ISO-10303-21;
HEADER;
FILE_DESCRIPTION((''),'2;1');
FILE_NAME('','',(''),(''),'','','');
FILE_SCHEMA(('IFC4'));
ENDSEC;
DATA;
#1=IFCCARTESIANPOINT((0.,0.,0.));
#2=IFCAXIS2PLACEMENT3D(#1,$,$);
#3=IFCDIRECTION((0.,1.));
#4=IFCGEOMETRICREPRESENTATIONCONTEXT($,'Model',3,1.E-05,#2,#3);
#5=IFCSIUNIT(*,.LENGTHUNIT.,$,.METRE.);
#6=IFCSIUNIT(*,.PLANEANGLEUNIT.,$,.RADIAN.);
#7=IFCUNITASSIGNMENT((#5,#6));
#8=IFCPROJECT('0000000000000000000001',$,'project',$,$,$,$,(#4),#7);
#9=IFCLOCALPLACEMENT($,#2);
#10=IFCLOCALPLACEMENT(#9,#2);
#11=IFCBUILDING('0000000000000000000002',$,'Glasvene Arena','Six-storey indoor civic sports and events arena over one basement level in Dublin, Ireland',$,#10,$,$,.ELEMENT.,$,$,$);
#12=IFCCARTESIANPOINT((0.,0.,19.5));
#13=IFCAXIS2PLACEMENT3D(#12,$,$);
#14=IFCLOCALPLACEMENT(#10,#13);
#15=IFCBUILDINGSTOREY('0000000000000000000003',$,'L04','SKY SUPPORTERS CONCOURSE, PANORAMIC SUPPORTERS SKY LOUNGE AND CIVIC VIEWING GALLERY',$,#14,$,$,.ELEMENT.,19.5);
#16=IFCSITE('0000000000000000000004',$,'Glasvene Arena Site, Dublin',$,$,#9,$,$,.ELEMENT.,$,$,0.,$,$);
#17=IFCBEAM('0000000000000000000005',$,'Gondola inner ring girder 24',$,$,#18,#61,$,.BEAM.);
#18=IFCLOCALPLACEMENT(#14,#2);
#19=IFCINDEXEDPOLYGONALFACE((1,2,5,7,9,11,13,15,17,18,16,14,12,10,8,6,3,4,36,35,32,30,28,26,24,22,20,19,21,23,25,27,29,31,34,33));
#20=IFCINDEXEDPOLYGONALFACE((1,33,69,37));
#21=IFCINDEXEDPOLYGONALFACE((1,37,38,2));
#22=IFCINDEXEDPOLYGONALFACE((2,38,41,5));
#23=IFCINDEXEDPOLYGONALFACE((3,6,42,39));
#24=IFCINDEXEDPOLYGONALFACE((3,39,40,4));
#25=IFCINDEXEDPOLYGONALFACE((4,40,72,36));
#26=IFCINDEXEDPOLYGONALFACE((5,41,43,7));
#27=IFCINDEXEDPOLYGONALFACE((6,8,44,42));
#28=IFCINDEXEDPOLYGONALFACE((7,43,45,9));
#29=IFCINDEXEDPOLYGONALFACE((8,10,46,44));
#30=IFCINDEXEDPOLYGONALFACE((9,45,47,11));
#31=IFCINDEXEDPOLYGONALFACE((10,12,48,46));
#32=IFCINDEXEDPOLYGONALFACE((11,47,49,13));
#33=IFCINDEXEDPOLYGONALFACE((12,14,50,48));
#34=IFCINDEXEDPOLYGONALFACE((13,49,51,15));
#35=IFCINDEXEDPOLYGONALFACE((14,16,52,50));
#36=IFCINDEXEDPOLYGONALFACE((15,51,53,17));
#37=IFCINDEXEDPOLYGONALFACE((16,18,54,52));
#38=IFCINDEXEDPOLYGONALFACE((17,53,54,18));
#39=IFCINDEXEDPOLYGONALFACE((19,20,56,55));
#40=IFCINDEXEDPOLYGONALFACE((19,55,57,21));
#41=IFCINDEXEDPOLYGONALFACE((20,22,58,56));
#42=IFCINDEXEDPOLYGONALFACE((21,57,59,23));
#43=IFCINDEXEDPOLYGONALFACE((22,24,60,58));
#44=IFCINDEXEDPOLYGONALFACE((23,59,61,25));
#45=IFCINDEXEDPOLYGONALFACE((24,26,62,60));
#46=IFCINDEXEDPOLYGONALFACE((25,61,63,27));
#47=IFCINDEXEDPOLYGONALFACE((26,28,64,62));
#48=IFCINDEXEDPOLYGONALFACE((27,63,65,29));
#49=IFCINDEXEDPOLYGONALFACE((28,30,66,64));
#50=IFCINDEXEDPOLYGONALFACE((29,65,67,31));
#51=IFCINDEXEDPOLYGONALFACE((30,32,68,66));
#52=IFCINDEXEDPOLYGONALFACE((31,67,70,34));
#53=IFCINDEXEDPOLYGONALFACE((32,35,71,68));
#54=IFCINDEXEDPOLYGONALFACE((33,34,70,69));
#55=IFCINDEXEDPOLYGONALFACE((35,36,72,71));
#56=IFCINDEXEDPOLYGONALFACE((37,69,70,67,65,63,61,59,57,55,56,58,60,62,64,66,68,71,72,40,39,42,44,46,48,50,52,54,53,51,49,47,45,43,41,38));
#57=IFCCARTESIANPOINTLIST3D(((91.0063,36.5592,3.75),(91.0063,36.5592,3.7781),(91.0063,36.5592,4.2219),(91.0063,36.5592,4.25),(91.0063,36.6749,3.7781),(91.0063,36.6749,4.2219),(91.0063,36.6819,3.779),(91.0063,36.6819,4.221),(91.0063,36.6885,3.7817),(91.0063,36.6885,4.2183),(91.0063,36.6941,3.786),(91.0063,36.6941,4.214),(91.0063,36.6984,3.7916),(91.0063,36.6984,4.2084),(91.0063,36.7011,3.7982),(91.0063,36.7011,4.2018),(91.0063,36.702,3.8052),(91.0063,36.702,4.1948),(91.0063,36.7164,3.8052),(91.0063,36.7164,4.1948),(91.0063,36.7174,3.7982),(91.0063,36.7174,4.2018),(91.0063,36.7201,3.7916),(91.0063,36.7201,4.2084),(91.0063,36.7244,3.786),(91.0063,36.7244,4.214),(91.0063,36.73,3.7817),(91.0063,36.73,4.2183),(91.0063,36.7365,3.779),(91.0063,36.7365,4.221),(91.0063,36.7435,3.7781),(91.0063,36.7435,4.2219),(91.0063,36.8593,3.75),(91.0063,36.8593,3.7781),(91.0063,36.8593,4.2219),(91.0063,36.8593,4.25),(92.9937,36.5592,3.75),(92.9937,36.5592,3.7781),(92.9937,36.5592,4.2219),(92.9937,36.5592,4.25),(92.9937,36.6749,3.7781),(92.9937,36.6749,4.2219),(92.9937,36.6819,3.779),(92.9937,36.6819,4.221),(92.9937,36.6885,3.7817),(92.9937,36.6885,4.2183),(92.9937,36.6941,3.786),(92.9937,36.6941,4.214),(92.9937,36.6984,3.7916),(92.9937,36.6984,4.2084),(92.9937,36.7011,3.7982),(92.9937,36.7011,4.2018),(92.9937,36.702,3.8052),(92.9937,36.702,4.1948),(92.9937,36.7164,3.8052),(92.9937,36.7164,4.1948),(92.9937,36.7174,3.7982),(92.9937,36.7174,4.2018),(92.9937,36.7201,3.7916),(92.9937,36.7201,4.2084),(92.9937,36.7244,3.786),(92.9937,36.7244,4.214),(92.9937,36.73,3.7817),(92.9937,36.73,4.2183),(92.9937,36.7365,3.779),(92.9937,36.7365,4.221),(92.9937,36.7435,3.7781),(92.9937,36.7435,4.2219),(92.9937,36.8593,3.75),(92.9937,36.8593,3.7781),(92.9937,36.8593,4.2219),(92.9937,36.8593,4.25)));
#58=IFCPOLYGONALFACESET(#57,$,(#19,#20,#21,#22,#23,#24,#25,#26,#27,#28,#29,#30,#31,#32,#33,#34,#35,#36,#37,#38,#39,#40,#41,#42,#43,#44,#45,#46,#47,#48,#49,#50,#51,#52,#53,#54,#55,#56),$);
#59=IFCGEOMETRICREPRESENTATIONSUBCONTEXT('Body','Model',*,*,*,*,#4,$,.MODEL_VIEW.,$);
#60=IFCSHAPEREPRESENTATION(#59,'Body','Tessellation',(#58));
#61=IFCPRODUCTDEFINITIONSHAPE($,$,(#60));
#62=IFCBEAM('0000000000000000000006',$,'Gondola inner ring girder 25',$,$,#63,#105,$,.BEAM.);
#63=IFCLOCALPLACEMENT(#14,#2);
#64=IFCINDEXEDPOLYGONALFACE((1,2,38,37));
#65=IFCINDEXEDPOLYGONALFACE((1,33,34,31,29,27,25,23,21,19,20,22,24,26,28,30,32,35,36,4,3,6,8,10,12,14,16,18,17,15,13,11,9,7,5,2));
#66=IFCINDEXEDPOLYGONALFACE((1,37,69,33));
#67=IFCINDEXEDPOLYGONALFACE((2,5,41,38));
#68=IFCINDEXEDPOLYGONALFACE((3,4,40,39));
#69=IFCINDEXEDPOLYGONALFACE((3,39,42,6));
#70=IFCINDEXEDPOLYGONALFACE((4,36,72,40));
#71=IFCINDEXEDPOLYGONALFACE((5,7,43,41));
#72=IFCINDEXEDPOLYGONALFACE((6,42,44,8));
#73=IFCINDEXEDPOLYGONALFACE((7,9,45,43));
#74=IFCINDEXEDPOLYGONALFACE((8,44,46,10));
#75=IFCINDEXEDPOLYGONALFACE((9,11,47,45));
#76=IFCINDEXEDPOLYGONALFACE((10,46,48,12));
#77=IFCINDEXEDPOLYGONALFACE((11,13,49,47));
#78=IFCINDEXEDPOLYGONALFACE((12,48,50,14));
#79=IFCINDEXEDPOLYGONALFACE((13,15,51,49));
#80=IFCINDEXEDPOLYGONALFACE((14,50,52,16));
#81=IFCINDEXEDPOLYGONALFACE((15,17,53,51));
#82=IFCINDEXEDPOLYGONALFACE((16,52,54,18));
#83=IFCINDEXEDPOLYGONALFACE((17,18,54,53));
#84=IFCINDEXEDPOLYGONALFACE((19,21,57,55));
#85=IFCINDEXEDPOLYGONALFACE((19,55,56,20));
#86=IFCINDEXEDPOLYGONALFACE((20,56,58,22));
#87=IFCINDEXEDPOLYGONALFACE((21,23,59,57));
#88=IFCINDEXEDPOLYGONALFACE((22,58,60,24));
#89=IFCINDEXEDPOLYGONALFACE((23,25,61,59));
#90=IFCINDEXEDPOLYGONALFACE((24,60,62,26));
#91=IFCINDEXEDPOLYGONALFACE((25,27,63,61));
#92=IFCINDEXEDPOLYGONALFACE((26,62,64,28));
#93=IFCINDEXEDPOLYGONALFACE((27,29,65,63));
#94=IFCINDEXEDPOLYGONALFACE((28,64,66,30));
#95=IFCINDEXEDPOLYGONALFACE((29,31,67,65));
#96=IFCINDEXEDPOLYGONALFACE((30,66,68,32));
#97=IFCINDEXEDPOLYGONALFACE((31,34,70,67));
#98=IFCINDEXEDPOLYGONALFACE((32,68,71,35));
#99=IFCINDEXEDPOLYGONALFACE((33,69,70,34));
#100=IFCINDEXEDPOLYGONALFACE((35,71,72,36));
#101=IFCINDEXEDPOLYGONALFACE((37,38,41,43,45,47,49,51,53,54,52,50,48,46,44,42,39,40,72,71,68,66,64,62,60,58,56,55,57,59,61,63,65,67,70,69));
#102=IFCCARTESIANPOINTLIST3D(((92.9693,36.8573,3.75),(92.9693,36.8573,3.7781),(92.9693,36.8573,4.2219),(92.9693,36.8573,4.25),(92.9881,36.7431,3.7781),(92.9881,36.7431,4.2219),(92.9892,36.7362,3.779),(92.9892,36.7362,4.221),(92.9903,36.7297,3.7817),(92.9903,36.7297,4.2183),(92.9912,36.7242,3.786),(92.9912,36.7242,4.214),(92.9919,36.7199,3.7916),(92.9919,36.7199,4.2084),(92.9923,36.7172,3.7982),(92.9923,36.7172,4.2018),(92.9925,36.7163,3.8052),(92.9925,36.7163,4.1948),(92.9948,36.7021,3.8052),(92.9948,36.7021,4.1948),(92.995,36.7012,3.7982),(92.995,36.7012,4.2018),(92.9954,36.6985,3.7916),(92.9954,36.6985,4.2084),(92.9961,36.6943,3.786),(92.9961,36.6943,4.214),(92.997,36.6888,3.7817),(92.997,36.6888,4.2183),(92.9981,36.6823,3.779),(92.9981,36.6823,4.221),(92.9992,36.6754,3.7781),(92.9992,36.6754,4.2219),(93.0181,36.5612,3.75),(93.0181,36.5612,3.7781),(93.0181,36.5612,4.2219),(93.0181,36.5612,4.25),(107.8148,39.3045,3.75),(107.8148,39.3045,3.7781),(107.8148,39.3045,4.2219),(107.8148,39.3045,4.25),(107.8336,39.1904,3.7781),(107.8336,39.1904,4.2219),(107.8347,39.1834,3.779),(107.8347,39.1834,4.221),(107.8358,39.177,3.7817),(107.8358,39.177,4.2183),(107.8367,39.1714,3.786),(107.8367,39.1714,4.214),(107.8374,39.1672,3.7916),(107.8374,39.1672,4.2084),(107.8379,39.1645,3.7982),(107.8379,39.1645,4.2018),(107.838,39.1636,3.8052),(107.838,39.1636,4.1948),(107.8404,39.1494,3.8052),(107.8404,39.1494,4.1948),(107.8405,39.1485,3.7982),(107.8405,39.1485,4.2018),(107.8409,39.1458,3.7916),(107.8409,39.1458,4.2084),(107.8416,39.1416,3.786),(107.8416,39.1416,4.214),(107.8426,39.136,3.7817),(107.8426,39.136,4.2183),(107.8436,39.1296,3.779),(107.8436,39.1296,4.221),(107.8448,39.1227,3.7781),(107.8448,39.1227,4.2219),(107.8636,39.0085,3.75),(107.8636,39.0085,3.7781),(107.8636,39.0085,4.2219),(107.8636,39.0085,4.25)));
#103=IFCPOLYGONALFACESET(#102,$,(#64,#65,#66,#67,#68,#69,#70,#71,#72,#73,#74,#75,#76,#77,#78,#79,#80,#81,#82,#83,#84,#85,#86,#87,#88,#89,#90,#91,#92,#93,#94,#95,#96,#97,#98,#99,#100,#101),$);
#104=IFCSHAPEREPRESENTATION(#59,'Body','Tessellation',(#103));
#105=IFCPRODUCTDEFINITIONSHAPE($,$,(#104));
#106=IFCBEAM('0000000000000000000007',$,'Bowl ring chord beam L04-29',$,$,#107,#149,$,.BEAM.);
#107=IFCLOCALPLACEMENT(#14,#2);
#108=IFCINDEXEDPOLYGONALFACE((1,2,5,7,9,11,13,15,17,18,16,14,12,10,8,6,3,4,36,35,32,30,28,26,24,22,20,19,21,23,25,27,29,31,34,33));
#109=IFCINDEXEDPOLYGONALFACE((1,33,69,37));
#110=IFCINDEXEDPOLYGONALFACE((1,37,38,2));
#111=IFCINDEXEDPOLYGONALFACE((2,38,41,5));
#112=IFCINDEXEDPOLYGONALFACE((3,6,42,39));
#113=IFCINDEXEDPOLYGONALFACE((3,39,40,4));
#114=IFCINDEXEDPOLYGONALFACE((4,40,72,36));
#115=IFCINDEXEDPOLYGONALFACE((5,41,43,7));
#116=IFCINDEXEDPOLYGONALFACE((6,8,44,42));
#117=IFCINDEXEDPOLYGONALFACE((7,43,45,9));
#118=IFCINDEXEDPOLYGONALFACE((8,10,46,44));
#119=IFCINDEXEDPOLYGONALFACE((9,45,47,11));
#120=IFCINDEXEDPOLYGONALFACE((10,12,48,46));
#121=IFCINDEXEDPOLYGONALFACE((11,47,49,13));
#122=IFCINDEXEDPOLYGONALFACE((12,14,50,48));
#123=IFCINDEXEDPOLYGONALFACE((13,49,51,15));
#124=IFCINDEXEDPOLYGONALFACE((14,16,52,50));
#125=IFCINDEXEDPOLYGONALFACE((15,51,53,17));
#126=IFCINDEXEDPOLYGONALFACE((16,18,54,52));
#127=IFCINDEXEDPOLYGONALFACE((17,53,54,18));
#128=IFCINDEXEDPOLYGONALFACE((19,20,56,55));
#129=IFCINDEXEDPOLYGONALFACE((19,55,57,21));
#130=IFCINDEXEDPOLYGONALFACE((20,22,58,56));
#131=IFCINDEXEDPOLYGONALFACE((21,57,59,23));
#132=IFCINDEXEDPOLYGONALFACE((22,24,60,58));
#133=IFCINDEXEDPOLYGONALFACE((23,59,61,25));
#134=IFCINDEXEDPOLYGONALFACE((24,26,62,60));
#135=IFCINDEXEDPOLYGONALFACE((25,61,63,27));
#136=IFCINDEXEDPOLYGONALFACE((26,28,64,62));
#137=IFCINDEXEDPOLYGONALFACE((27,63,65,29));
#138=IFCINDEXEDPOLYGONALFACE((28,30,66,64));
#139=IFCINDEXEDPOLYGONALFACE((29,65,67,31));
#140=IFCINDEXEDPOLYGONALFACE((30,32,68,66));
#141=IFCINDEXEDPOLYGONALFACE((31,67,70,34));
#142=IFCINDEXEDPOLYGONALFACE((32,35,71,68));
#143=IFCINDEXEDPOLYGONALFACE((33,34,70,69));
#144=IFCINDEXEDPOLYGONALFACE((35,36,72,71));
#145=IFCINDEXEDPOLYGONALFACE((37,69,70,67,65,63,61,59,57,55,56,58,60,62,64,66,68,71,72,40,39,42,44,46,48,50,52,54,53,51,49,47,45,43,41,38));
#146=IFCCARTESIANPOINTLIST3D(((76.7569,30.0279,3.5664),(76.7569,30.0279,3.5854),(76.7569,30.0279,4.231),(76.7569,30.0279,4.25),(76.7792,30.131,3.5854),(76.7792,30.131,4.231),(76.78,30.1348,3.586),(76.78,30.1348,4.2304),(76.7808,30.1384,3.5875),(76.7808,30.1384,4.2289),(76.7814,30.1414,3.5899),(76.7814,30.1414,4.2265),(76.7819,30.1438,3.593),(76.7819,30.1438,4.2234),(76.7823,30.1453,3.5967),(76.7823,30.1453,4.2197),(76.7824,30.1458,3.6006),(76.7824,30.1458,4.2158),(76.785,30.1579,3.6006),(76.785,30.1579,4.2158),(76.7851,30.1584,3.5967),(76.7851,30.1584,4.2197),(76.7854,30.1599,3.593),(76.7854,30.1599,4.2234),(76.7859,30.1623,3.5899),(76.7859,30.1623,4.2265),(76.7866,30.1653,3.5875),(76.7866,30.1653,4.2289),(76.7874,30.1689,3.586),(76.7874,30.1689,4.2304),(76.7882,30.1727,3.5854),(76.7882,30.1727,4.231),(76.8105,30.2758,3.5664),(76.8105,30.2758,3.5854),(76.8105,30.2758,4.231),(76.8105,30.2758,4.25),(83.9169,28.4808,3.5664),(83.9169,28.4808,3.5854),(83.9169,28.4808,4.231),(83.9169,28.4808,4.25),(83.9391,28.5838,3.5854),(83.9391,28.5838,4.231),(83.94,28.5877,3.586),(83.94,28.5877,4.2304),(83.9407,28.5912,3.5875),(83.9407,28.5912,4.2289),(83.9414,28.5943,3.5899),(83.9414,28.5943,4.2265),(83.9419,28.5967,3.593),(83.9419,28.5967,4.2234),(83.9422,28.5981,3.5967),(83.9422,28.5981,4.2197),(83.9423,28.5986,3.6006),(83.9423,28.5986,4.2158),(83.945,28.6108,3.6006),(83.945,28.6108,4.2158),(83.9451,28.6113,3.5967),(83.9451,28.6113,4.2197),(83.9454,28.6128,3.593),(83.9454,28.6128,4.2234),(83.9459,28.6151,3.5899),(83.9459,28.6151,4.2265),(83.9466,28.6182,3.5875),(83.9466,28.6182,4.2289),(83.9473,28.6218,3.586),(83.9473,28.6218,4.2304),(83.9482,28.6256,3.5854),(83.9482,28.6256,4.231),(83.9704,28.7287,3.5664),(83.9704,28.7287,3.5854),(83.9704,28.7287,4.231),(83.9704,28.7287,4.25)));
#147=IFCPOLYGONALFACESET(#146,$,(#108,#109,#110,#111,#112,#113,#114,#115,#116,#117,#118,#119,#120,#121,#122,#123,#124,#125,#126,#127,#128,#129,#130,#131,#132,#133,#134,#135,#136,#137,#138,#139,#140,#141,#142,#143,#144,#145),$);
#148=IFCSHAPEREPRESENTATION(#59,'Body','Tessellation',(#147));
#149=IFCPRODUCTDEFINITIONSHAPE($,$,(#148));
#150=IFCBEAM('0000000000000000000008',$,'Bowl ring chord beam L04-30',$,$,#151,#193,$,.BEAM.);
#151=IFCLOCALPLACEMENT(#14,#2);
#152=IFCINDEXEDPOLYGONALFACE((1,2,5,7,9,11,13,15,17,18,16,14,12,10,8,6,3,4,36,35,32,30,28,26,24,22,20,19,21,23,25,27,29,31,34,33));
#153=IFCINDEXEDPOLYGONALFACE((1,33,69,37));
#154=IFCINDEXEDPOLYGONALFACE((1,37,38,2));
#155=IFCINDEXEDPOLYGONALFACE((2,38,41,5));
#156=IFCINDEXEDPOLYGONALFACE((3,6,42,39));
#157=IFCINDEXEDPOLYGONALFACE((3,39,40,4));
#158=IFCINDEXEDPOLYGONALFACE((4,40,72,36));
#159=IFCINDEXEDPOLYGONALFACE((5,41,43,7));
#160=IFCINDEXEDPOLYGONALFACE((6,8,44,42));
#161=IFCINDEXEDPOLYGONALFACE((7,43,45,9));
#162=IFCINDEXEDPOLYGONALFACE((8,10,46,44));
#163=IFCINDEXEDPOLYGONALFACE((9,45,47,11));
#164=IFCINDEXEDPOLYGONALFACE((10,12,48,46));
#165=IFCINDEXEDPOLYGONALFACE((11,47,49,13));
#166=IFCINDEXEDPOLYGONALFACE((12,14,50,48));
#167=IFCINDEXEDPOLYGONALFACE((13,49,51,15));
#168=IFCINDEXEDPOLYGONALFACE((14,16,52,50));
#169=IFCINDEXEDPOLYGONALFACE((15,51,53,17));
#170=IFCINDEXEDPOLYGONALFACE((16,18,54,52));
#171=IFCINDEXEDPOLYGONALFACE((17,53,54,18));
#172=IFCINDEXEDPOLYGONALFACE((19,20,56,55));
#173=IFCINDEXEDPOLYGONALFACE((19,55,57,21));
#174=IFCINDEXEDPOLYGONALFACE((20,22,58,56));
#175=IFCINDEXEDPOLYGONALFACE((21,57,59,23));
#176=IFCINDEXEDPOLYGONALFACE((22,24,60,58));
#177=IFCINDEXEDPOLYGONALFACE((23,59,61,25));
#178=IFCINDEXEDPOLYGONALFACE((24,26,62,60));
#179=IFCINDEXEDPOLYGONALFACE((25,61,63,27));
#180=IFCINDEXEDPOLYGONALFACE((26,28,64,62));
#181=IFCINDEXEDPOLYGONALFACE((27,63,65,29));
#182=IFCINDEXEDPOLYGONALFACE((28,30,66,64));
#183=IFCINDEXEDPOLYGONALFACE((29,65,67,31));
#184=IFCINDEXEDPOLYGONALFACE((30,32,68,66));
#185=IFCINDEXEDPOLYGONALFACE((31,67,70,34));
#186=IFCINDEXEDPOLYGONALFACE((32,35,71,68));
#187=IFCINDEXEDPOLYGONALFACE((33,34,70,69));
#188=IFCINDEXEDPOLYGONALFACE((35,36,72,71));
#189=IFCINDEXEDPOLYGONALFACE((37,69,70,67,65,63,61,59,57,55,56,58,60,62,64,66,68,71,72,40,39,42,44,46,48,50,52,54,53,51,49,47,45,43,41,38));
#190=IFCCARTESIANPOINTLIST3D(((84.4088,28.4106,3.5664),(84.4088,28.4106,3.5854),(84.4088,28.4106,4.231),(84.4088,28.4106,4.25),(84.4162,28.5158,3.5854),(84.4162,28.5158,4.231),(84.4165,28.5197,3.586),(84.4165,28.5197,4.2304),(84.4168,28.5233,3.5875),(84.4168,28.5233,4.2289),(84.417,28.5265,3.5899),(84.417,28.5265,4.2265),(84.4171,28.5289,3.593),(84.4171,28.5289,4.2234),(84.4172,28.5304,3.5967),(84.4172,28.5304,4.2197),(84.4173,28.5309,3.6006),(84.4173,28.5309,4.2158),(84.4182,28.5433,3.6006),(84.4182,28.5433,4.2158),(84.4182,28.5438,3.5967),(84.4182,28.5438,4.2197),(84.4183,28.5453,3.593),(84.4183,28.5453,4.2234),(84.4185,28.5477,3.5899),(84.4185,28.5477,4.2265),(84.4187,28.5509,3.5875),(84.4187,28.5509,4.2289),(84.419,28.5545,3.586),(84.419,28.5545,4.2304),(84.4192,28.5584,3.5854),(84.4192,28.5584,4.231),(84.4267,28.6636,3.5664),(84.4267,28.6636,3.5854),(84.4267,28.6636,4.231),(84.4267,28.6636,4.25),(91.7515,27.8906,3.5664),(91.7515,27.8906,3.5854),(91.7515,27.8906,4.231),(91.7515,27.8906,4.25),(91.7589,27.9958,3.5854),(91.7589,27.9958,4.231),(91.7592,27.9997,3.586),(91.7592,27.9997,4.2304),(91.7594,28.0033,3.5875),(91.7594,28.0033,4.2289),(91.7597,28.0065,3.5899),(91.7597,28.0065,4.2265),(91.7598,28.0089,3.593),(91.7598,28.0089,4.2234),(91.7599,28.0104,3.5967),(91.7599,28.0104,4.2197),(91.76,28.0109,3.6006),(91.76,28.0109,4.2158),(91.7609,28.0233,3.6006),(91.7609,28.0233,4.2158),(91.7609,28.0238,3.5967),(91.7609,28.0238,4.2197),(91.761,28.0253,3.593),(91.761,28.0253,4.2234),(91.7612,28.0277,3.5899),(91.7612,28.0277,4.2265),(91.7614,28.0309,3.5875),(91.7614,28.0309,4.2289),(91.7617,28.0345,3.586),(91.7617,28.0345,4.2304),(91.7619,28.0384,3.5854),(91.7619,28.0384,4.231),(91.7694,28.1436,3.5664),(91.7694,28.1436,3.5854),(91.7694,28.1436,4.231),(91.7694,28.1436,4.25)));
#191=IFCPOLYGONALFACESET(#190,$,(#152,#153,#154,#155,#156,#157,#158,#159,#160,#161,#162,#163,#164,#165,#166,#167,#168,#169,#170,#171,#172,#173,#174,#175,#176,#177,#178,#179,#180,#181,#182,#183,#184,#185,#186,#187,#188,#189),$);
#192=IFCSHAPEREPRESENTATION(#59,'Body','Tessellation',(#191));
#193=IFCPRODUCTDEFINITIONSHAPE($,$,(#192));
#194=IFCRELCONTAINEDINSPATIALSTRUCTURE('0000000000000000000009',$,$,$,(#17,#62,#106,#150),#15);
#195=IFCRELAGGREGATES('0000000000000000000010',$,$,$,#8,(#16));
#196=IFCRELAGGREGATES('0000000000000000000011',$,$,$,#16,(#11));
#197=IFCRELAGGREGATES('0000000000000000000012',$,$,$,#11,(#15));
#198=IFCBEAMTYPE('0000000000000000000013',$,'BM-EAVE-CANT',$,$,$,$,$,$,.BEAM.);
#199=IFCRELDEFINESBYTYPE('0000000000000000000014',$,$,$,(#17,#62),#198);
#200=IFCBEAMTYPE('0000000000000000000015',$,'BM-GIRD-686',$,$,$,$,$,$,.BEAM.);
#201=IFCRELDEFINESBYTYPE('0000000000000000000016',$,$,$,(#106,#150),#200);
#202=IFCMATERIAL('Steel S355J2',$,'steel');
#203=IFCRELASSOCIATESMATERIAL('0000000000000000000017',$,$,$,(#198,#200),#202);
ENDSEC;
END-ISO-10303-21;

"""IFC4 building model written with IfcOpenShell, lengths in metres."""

from ifc_helpers import new_model, si_unit, direction, frame, origin, origin_2d, place, context, subcontext, project, spatial, i_section, extrude, material, material_profile, profile_set, type_object, element, save


model = new_model("IFC4")

# Units and contexts
model_context = context("Model", 3, precision=1e-05, world=origin(), true_north=direction((0.0, 1.0)))
body_context = subcontext(model_context, "Body", "Model", "MODEL_VIEW")
ifc_project = project(units=[si_unit("LENGTHUNIT", "METRE"), si_unit("PLANEANGLEUNIT", "RADIAN")], contexts=[model_context])

# Site, building, storey
site_placement = place(None, origin())
site = spatial("IfcSite", under=ifc_project, at=site_placement, Name="Glasvene Arena Site, Dublin", CompositionType="ELEMENT", RefElevation=0.0)
building_placement = place(site_placement, origin())
building = spatial("IfcBuilding", under=site, at=building_placement, Name="Glasvene Arena", Description="Six-storey indoor civic sports and events arena over one basement level in Dublin, Ireland", CompositionType="ELEMENT")
storey_placement = place(building_placement, frame((0.0, 0.0, 19.5)))
storey = spatial("IfcBuildingStorey", under=building, at=storey_placement, Name="L04", Description="SKY SUPPORTERS CONCOURSE, PANORAMIC SUPPORTERS SKY LOUNGE AND CIVIC VIEWING GALLERY", CompositionType="ELEMENT", Elevation=19.5)

# Shared definitions
ifc_material_1 = material(Name="Steel S355J2", Category="steel")

# Beams
ifc_material_profile_1 = material_profile(ifc_material_1, i_section(OverallWidth=0.3, OverallDepth=0.5, WebThickness=0.0144, FlangeThickness=0.0281, FilletRadius=0.0271, at=origin_2d()), Name="HEB 500")
ifc_profile_set_1 = profile_set([ifc_material_profile_1], Name="Steel S355J2")
beam_type_1 = type_object("IfcBeamType", Name="BM-EAVE-CANT", PredefinedType="BEAM", material=ifc_profile_set_1)
beam_1_placement = place(storey_placement, frame((91.0063, 36.7092, 4.0), z_axis=(1.0, 0.0, 0.0), x_axis=(0.0, 1.0, 0.0)))
element("IfcBeam", 1, at=beam_1_placement, inside=storey, type_object=beam_type_1, Name="Gondola inner ring girder 24", PredefinedType="BEAM", context=body_context, shape_type="SweptSolid", body=[
    extrude(i_section(OverallWidth=0.3, OverallDepth=0.5, WebThickness=0.0144, FlangeThickness=0.0281, FilletRadius=0.0271, at=origin_2d()), origin(), (0.0, 0.0, 1.0), 1.9873),
])
beam_2_placement = place(storey_placement, frame((92.9937, 36.7092, 4.0), z_axis=(0.986683, 0.162654, 0.0), x_axis=(-0.162654, 0.986683, 0.0)))
element("IfcBeam", 2, at=beam_2_placement, inside=storey, type_object=beam_type_1, Name="Gondola inner ring girder 25", PredefinedType="BEAM", context=body_context, shape_type="SweptSolid", body=[
    extrude(i_section(OverallWidth=0.3, OverallDepth=0.5, WebThickness=0.0144, FlangeThickness=0.0281, FilletRadius=0.0271, at=origin_2d()), origin(), (0.0, 0.0, 1.0), 15.0459),
])
ifc_material_profile_2 = material_profile(ifc_material_1, i_section(OverallWidth=0.2537, OverallDepth=0.6836, WebThickness=0.0125, FlangeThickness=0.019, FilletRadius=0.0151, at=origin_2d()), Name="UKB 686x254x140")
ifc_profile_set_2 = profile_set([ifc_material_profile_2], Name="Steel S355J2")
beam_type_2 = type_object("IfcBeamType", Name="BM-GIRD-686", PredefinedType="BEAM", material=ifc_profile_set_2)
beam_3_placement = place(storey_placement, frame((76.7837, 30.1519, 3.9082), z_axis=(0.977442, -0.211206, 0.0), x_axis=(0.211206, 0.977442, 0.0)))
element("IfcBeam", 3, at=beam_3_placement, inside=storey, type_object=beam_type_2, Name="Bowl ring chord beam L04-29", PredefinedType="BEAM", context=body_context, shape_type="SweptSolid", body=[
    extrude(i_section(OverallWidth=0.2537, OverallDepth=0.6836, WebThickness=0.0125, FlangeThickness=0.019, FilletRadius=0.0151, at=origin_2d()), origin(), (0.0, 0.0, 1.0), 7.3252),
])
beam_4_placement = place(storey_placement, frame((84.4177, 28.5371, 3.9082), z_axis=(0.997502, -0.070644, 0.0), x_axis=(0.070644, 0.997502, 0.0)))
element("IfcBeam", 4, at=beam_4_placement, inside=storey, type_object=beam_type_2, Name="Bowl ring chord beam L04-30", PredefinedType="BEAM", context=body_context, shape_type="SweptSolid", body=[
    extrude(i_section(OverallWidth=0.2537, OverallDepth=0.6836, WebThickness=0.0125, FlangeThickness=0.019, FilletRadius=0.0151, at=origin_2d()), origin(), (0.0, 0.0, 1.0), 7.3611),
])

save(model, "model.ifc")
